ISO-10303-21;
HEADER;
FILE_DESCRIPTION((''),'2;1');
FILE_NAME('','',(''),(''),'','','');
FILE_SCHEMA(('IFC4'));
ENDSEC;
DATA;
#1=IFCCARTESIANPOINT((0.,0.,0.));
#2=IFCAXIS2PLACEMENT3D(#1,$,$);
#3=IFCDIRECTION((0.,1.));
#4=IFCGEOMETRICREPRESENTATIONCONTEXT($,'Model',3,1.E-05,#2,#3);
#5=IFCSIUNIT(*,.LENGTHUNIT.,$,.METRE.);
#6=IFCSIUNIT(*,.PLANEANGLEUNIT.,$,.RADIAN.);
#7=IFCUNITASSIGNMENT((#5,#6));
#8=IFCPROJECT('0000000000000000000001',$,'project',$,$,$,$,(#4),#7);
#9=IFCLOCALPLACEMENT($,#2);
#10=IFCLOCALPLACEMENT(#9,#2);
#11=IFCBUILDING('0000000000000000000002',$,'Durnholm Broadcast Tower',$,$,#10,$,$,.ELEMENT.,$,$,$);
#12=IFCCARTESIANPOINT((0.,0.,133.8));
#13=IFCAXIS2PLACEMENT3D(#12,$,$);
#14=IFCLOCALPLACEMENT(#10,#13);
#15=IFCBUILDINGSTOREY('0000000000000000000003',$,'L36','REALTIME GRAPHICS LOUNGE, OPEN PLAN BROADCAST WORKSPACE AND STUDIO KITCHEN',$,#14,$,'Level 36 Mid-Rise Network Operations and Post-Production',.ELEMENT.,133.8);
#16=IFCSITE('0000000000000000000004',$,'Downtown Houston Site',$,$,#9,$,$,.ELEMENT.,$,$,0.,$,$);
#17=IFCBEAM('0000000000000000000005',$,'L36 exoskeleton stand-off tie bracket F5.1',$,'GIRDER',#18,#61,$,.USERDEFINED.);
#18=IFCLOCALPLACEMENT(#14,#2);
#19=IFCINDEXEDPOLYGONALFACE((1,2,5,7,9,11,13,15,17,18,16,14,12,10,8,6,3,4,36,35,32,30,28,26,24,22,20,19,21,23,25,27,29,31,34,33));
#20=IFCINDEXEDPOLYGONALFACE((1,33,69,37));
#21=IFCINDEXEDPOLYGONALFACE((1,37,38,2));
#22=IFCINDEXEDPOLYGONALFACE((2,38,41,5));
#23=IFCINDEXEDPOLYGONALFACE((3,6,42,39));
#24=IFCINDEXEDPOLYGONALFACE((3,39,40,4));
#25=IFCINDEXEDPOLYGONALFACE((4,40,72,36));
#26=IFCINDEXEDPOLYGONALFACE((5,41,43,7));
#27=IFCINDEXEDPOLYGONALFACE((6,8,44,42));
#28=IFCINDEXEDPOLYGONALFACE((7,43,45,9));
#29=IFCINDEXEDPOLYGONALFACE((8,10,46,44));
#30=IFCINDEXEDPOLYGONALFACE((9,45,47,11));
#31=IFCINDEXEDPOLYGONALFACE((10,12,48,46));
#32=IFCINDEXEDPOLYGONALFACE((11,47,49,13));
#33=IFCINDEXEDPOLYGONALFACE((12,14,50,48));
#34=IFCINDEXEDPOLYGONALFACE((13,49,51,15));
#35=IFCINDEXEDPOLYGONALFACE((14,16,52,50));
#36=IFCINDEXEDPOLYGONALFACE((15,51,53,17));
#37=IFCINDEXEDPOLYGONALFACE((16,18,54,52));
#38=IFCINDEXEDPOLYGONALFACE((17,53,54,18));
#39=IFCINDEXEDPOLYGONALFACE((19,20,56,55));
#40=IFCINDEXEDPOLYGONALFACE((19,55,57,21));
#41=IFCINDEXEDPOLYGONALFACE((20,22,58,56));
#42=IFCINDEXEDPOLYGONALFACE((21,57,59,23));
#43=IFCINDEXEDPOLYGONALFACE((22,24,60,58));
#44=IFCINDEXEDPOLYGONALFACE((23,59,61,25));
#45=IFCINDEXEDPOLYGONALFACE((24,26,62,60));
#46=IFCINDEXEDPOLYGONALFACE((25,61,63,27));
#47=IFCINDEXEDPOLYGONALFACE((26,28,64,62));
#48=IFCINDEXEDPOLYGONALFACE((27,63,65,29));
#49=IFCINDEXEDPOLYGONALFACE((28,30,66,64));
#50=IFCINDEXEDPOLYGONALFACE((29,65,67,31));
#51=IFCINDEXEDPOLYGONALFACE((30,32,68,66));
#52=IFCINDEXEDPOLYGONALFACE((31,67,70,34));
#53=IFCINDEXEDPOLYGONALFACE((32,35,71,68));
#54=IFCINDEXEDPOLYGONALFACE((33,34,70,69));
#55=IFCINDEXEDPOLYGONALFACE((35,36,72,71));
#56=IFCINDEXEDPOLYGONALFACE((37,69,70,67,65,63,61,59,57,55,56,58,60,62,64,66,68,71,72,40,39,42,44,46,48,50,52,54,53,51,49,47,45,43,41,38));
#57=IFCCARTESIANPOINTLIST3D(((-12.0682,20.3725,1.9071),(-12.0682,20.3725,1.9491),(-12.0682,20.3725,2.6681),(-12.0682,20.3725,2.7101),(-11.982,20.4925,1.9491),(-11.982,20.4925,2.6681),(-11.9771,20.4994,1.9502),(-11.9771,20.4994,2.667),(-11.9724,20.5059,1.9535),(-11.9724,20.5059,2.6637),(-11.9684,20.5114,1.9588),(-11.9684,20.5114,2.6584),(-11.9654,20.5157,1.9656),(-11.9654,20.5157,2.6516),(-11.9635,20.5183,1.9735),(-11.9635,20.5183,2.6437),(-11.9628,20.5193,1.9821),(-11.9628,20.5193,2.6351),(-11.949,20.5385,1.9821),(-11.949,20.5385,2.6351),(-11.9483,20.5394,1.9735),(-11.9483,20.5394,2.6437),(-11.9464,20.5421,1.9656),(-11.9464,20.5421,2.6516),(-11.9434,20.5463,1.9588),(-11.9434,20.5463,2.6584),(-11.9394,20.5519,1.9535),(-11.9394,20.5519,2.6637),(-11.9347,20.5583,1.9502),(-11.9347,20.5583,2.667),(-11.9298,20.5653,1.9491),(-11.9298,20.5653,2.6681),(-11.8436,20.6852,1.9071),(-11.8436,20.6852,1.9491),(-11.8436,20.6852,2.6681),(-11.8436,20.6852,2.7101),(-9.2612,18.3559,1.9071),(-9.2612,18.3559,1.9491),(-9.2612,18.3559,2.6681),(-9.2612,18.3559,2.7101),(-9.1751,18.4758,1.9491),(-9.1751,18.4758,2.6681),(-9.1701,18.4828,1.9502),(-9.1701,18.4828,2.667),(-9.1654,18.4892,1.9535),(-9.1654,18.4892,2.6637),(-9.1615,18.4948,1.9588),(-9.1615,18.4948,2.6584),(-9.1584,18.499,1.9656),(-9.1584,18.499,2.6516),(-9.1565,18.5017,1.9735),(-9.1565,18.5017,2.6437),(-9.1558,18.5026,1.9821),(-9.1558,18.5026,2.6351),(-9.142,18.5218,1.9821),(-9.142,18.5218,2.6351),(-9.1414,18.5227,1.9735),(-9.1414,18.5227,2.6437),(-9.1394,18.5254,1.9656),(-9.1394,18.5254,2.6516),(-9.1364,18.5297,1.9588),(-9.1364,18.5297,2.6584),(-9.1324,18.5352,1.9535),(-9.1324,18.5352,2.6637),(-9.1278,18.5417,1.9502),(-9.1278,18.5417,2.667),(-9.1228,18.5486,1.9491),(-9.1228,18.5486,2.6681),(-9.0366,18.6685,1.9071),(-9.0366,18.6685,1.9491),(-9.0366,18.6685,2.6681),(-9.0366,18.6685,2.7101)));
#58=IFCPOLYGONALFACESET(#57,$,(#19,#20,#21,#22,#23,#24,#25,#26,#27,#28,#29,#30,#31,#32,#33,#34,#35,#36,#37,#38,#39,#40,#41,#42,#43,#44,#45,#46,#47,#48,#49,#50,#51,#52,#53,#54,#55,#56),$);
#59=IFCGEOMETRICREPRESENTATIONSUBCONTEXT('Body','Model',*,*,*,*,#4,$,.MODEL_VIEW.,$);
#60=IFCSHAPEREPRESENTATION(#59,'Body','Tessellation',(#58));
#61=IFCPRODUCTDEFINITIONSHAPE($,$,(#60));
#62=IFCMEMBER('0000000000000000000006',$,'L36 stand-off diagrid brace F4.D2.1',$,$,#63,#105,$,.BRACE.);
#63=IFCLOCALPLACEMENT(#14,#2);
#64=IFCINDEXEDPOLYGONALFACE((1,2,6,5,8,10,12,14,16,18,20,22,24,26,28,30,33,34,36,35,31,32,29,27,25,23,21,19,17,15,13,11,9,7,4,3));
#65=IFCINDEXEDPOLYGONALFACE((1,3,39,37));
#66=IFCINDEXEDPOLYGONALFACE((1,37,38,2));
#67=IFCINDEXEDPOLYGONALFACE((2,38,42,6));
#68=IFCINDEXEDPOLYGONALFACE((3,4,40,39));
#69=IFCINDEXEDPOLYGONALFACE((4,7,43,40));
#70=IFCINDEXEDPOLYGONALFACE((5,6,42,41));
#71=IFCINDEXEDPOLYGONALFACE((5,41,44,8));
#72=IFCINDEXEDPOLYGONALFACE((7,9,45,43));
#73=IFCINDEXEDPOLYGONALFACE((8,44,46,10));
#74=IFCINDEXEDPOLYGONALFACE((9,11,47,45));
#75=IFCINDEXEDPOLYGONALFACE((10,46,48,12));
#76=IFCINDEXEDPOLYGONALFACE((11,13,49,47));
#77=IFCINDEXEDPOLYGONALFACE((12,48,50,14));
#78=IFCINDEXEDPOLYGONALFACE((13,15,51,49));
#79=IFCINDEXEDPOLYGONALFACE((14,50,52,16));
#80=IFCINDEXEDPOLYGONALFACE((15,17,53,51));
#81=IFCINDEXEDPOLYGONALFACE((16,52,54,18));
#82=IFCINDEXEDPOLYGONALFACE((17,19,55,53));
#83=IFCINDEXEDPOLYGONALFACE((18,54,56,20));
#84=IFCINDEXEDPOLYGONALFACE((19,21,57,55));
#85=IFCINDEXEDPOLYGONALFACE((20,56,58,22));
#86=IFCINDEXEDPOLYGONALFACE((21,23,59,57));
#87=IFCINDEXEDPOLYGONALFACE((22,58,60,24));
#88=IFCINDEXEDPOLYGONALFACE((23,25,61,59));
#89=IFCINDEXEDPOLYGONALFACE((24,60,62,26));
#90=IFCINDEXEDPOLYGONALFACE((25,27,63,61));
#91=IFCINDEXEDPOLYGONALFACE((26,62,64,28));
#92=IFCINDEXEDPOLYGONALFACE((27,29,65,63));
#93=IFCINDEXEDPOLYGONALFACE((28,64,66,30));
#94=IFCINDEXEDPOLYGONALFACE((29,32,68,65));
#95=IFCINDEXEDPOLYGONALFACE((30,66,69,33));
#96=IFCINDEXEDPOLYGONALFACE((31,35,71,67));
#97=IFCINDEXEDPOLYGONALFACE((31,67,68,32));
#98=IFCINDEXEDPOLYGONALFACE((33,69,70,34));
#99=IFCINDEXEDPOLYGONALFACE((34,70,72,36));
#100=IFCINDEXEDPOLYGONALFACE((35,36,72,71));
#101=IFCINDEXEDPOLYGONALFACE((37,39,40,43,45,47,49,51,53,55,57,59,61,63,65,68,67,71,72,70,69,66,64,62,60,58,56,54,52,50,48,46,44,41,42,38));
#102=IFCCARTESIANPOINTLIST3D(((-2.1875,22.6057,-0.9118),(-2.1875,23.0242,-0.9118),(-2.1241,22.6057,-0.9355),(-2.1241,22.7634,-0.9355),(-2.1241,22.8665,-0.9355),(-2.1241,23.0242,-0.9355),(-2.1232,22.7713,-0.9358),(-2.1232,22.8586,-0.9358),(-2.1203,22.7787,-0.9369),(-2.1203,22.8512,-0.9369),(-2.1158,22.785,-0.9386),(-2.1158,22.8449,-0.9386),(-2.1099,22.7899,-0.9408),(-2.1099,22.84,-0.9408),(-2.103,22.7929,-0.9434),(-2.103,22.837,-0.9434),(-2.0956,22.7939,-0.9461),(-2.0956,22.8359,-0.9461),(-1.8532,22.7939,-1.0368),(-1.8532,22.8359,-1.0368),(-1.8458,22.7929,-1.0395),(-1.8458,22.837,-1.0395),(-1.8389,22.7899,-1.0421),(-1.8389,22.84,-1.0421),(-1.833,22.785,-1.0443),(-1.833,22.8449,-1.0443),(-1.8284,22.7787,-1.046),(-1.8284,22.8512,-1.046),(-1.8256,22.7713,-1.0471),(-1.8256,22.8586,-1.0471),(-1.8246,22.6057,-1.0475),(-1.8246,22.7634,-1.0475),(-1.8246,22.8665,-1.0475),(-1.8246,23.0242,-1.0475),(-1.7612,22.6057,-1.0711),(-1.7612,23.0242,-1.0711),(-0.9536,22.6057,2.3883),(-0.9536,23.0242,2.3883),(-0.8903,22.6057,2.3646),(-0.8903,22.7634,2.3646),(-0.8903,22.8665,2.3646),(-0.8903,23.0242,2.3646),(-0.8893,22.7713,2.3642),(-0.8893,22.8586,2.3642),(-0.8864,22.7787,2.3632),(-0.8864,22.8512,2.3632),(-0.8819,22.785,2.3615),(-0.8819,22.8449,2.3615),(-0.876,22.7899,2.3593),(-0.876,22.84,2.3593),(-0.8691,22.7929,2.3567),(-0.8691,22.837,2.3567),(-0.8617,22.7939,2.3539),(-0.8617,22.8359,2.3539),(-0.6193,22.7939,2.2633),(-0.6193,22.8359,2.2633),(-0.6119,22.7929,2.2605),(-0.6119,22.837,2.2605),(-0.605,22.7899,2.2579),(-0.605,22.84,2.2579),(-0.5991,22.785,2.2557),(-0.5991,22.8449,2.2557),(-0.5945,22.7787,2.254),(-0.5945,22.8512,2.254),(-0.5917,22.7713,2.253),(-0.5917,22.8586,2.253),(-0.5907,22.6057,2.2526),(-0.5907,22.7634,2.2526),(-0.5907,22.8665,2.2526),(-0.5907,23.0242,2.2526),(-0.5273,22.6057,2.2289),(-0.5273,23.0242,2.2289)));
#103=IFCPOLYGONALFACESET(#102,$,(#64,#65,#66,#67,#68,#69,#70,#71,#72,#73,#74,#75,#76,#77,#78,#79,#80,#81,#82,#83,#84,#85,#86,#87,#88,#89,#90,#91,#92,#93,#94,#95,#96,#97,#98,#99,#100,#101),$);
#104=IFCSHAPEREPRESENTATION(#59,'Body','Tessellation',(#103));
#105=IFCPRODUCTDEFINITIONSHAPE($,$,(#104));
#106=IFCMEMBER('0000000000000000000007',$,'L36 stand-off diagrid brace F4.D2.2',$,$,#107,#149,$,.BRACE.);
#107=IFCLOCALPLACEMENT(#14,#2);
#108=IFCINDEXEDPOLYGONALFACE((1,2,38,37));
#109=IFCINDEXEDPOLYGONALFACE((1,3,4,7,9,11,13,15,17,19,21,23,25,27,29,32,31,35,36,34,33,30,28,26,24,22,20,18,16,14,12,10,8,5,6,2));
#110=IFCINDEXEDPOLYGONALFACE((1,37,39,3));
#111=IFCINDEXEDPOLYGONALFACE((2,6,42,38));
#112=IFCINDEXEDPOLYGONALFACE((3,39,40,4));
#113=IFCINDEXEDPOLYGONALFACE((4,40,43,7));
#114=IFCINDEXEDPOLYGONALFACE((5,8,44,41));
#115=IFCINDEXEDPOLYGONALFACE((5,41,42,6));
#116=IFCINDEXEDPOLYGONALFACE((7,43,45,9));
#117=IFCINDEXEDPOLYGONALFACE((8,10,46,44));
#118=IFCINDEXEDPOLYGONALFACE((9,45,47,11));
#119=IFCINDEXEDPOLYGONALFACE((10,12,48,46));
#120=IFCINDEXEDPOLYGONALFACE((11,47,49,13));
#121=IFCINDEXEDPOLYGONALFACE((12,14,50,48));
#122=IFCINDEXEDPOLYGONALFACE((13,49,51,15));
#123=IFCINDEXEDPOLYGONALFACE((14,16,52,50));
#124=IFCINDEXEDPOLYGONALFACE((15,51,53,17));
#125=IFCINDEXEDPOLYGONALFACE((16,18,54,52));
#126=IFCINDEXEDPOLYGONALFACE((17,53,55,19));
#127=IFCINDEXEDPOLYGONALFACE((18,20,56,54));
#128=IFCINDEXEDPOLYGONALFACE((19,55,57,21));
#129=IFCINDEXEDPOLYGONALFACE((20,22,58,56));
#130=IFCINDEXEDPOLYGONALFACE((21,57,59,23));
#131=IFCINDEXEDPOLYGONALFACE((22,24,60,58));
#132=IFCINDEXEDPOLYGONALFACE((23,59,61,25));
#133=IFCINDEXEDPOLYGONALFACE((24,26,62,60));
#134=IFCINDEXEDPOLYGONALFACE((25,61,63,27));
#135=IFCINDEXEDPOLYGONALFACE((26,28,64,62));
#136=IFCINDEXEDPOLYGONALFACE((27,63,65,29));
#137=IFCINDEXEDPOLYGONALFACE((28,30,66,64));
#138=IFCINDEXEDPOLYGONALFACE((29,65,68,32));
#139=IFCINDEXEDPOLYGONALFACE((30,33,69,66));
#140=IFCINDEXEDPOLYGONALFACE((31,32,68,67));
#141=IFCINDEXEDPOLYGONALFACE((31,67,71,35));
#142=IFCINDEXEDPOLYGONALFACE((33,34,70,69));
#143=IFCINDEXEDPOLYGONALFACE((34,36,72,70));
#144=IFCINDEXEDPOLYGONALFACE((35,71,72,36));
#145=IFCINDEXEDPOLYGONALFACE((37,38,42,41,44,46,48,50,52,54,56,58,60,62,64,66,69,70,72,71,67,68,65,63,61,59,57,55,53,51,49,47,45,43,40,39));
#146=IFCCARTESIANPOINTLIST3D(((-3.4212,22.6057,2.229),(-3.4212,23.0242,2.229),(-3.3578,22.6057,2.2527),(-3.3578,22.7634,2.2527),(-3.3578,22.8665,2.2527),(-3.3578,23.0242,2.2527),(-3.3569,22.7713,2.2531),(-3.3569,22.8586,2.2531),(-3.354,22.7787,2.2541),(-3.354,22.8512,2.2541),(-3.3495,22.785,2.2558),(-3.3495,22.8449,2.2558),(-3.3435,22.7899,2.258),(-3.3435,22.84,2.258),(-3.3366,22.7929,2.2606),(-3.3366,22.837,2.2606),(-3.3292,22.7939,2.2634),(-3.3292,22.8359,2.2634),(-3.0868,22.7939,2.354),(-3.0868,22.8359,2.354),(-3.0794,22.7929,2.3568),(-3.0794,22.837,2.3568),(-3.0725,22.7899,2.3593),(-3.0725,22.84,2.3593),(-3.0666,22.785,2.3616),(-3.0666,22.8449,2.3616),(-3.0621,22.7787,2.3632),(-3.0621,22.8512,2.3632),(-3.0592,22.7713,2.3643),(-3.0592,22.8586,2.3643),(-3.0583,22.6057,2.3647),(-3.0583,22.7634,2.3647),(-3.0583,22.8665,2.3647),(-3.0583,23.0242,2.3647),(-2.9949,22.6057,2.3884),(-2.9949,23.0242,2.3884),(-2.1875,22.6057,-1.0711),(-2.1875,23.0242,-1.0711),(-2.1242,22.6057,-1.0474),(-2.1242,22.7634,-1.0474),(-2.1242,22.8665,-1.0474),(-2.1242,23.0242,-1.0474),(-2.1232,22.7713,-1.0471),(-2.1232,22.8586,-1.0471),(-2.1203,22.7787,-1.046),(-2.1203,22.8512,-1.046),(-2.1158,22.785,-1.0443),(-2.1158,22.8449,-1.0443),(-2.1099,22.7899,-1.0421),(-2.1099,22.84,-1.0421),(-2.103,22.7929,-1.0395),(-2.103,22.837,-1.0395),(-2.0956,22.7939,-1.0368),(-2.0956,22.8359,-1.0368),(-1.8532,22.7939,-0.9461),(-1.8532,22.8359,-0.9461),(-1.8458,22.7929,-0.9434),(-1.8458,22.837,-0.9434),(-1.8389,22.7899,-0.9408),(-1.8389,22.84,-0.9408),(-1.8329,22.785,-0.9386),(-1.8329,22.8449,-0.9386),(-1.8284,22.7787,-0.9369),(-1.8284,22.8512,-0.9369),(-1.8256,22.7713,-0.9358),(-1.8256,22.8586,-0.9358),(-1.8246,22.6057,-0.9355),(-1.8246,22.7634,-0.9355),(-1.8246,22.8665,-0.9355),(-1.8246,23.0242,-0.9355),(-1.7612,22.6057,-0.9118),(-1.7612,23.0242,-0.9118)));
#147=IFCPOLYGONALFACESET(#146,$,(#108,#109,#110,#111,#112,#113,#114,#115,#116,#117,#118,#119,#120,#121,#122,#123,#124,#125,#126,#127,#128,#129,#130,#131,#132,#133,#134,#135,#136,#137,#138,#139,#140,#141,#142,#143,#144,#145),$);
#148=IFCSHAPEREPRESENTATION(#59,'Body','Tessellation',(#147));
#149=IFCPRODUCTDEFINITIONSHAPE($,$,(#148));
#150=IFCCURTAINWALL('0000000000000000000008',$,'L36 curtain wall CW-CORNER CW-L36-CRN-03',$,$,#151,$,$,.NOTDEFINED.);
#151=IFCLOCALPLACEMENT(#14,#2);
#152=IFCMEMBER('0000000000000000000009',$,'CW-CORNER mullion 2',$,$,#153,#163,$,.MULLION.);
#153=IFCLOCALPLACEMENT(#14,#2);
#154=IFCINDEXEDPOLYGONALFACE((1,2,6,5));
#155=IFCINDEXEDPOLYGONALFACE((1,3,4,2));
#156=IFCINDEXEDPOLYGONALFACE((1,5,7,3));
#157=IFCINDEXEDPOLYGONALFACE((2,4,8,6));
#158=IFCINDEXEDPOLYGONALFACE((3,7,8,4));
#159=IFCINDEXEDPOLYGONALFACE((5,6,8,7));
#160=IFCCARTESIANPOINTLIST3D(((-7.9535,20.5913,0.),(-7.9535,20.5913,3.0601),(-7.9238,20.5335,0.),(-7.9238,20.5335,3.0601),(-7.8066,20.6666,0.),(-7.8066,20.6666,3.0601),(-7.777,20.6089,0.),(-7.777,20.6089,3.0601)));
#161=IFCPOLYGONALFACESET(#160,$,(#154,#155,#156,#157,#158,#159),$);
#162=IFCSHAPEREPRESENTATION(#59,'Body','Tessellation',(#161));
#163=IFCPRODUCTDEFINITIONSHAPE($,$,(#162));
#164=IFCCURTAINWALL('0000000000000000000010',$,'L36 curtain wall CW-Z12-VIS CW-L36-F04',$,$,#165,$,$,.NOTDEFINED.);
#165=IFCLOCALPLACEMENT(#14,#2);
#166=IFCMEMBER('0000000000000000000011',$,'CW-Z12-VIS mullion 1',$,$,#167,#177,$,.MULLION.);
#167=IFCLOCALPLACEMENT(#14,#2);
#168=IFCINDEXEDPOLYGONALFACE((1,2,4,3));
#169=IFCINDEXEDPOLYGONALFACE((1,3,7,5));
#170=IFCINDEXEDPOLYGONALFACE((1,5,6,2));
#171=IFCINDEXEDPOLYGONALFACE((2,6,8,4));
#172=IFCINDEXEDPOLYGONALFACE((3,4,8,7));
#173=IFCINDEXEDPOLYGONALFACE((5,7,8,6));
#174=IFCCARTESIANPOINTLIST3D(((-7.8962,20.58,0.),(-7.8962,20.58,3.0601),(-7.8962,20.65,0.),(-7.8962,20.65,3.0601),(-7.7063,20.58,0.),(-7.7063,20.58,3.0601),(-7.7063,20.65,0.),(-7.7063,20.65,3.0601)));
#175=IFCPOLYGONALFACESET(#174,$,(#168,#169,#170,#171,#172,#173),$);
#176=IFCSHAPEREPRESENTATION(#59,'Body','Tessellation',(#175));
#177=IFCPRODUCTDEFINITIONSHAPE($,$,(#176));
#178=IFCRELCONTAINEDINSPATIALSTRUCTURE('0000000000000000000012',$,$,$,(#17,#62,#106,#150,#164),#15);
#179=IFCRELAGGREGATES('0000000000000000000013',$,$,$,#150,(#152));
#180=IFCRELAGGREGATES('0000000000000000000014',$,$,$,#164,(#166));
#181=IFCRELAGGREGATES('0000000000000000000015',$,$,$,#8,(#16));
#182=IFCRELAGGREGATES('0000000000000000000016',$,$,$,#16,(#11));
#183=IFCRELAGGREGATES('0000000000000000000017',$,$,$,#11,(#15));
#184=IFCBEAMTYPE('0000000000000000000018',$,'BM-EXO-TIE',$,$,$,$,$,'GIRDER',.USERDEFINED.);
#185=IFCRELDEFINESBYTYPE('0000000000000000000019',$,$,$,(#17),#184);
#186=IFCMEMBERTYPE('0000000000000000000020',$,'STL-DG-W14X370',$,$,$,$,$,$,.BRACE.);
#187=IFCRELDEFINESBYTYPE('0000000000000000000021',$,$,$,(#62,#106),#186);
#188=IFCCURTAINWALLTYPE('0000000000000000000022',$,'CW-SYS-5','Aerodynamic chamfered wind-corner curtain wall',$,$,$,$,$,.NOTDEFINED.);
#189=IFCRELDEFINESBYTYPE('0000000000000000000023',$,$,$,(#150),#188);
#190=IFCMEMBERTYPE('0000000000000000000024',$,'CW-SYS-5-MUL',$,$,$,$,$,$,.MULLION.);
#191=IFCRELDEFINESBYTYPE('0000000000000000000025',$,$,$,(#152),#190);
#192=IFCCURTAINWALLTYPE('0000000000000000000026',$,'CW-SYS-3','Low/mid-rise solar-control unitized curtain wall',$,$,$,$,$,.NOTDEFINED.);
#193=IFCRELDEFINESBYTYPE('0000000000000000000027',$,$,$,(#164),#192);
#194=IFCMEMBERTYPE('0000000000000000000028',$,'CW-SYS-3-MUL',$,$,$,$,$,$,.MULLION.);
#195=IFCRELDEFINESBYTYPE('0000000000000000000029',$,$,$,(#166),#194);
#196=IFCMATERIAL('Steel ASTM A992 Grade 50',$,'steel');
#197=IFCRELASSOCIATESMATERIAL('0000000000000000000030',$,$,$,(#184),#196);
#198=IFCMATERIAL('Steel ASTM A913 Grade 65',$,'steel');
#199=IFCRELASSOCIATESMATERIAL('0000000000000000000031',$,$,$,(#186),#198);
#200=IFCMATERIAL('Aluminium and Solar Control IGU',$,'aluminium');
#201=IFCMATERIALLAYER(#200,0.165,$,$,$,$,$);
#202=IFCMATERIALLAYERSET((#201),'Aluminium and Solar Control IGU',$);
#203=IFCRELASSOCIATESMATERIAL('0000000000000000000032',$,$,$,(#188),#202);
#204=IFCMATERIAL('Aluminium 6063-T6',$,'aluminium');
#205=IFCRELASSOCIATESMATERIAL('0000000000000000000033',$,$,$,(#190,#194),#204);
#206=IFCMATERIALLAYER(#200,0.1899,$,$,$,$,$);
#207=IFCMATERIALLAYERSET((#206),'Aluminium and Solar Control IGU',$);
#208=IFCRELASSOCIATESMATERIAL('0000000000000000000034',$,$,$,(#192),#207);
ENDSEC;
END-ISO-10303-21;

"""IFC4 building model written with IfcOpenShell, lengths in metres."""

from ifc_helpers import new_model, si_unit, direction, frame, origin, origin_2d, place, context, subcontext, project, spatial, rectangle, i_section, extrude, source, transform, mapped, material, layer, layer_set, material_profile, profile_set, type_object, type_shapes, element, aggregate, save


model = new_model("IFC4")

# Units and contexts
model_context = context("Model", 3, precision=1e-05, world=origin(), true_north=direction((0.0, 1.0)))
body_context = subcontext(model_context, "Body", "Model", "MODEL_VIEW")
ifc_project = project(units=[si_unit("LENGTHUNIT", "METRE"), si_unit("PLANEANGLEUNIT", "RADIAN")], contexts=[model_context])

# Site, building, storey
site_placement = place(None, origin())
site = spatial("IfcSite", under=ifc_project, at=site_placement, Name="Downtown Houston Site", CompositionType="ELEMENT", RefElevation=0.0)
building_placement = place(site_placement, origin())
building = spatial("IfcBuilding", under=site, at=building_placement, Name="Durnholm Broadcast Tower", CompositionType="ELEMENT")
storey_placement = place(building_placement, frame((0.0, 0.0, 133.8)))
storey = spatial("IfcBuildingStorey", under=building, at=storey_placement, Name="L36", Description="REALTIME GRAPHICS LOUNGE, OPEN PLAN BROADCAST WORKSPACE AND STUDIO KITCHEN", LongName="Level 36 Mid-Rise Network Operations and Post-Production", CompositionType="ELEMENT", Elevation=133.8)

# Beam
ifc_material_1 = material(Name="Steel ASTM A992 Grade 50", Category="steel")
ifc_material_profile_1 = material_profile(ifc_material_1, i_section(OverallWidth=0.385, OverallDepth=0.803, WebThickness=0.0237, FlangeThickness=0.042, FilletRadius=0.033, at=origin_2d()), Name="W30X261")
ifc_profile_set_1 = profile_set([ifc_material_profile_1], Name="Steel ASTM A992 Grade 50")
beam_type_1 = type_object("IfcBeamType", Name="BM-EXO-TIE", ElementType="GIRDER", PredefinedType="USERDEFINED", material=ifc_profile_set_1)
shared_shape_1 = source(origin(), body_context, "Body", "SweptSolid", [
    extrude(i_section(OverallWidth=0.385, OverallDepth=0.803, WebThickness=0.0237, FlangeThickness=0.042, FilletRadius=0.033, at=origin_2d()), origin(), (0.0, 0.0, 1.0), 3.4563),
])
beam_1_placement = place(storey_placement, frame((-9.1489, 18.5122, 2.3086), z_axis=(-0.812131, 0.583474, 0.0), x_axis=(-0.583474, -0.812131, 0.0)))
element("IfcBeam", 1, at=beam_1_placement, inside=storey, type_object=beam_type_1, Name="L36 exoskeleton stand-off tie bracket F5.1", ObjectType="GIRDER", PredefinedType="USERDEFINED", context=body_context, shape_type="MappedRepresentation", body=[
    mapped(shared_shape_1, transform((0.0, 0.0, 0.0), x_axis=(1.0, 0.0, 0.0), y_axis=(0.0, 1.0, 0.0), z_axis=(0.0, 0.0, 1.0), scale=1.0)),
])

# Members
ifc_material_2 = material(Name="Steel ASTM A913 Grade 65", Category="steel")
ifc_material_profile_2 = material_profile(ifc_material_2, i_section(OverallWidth=0.4185, OverallDepth=0.4551, WebThickness=0.042, FlangeThickness=0.0676, FilletRadius=0.0305, at=origin_2d()), Name="W14X370")
ifc_profile_set_2 = profile_set([ifc_material_profile_2], Name="Steel ASTM A913 Grade 65")
member_type_1 = type_object("IfcMemberType", Name="STL-DG-W14X370", PredefinedType="BRACE", material=ifc_profile_set_2)
shared_shape_2 = source(origin(), body_context, "Body", "SweptSolid", [
    extrude(i_section(OverallWidth=0.4185, OverallDepth=0.4551, WebThickness=0.042, FlangeThickness=0.0676, FilletRadius=0.0305, at=origin_2d()), origin(), (0.0, 0.0, 1.0), 3.5232),
])
type_shapes(member_type_1, [shared_shape_2])
for number, where, z_axis, x_axis, name in (
    (2, (-1.9744, 22.8149, -0.9915), (0.35022, 0.0, 0.936668), (0.0, 1.0, 0.0), "L36 stand-off diagrid brace F4.D2.1"),
    (3, (-1.9744, 22.8149, -0.9915), (-0.350159, 0.0, 0.93669), (0.0, -1.0, 0.0), "L36 stand-off diagrid brace F4.D2.2"),
):
    element("IfcMember", number, at=place(storey_placement, frame(where, z_axis=z_axis, x_axis=x_axis)), inside=storey, type_object=member_type_1, Name=name, PredefinedType="BRACE", context=body_context, shape_type="MappedRepresentation", body=[
        mapped(shared_shape_2, transform((0.0, 0.0, 0.0), x_axis=(1.0, 0.0, 0.0), y_axis=(0.0, 1.0, 0.0), z_axis=(0.0, 0.0, 1.0), scale=1.0)),
    ])

# Curtain walls, members
ifc_material_3 = material(Name="Aluminium and Solar Control IGU", Category="aluminium")
ifc_layer_1 = layer(ifc_material_3, 0.165)
ifc_layer_set_1 = layer_set([ifc_layer_1], Name="Aluminium and Solar Control IGU")
curtain_wall_type_1 = type_object("IfcCurtainWallType", Name="CW-SYS-5", Description="Aerodynamic chamfered wind-corner curtain wall", PredefinedType="NOTDEFINED", material=ifc_layer_set_1)
curtain_wall_1_placement = place(storey_placement, origin())
curtain_wall_1 = element("IfcCurtainWall", 4, at=curtain_wall_1_placement, inside=storey, type_object=curtain_wall_type_1, Name="L36 curtain wall CW-CORNER CW-L36-CRN-03", PredefinedType="NOTDEFINED")
ifc_material_4 = material(Name="Aluminium 6063-T6", Category="aluminium")
ifc_material_profile_3 = material_profile(ifc_material_4, rectangle(XDim=0.0649, YDim=0.165, at=origin_2d()), Name="CWM65X165")
ifc_profile_set_3 = profile_set([ifc_material_profile_3], Name="Aluminium 6063-T6")
member_type_2 = type_object("IfcMemberType", Name="CW-SYS-5-MUL", PredefinedType="MULLION", material=ifc_profile_set_3)
shared_shape_3 = source(origin(), body_context, "Body", "SweptSolid", [
    extrude(rectangle(XDim=0.0649, YDim=0.165, at=origin_2d()), origin(), (0.0, 0.0, 1.0), 3.0601),
])
type_shapes(member_type_2, [shared_shape_3])
member_1_placement = place(storey_placement, frame((-7.8652, 20.6001, 0.0), z_axis=(0.0, 0.0, 1.0), x_axis=(-0.456373, 0.889788, 0.0)))
member_1 = element("IfcMember", 5, at=member_1_placement, type_object=member_type_2, Name="CW-CORNER mullion 2", PredefinedType="MULLION", context=body_context, shape_type="MappedRepresentation", body=[
    mapped(shared_shape_3, transform((0.0, 0.0, 0.0), x_axis=(1.0, 0.0, 0.0), y_axis=(0.0, 1.0, 0.0), z_axis=(0.0, 0.0, 1.0), scale=1.0)),
])
ifc_layer_2 = layer(ifc_material_3, 0.1899)
ifc_layer_set_2 = layer_set([ifc_layer_2], Name="Aluminium and Solar Control IGU")
curtain_wall_type_2 = type_object("IfcCurtainWallType", Name="CW-SYS-3", Description="Low/mid-rise solar-control unitized curtain wall", PredefinedType="NOTDEFINED", material=ifc_layer_set_2)
curtain_wall_2_placement = place(storey_placement, origin())
curtain_wall_2 = element("IfcCurtainWall", 6, at=curtain_wall_2_placement, inside=storey, type_object=curtain_wall_type_2, Name="L36 curtain wall CW-Z12-VIS CW-L36-F04", PredefinedType="NOTDEFINED")
ifc_material_profile_4 = material_profile(ifc_material_4, rectangle(XDim=0.0701, YDim=0.1899, at=origin_2d()), Name="CWM70X190")
ifc_profile_set_4 = profile_set([ifc_material_profile_4], Name="Aluminium 6063-T6")
member_type_3 = type_object("IfcMemberType", Name="CW-SYS-3-MUL", PredefinedType="MULLION", material=ifc_profile_set_4)
shared_shape_4 = source(origin(), body_context, "Body", "SweptSolid", [
    extrude(rectangle(XDim=0.0701, YDim=0.1899, at=origin_2d()), origin(), (0.0, 0.0, 1.0), 3.0601),
])
type_shapes(member_type_3, [shared_shape_4])
member_2_placement = place(storey_placement, frame((-7.8013, 20.615, 0.0), z_axis=(0.0, 0.0, 1.0), x_axis=(0.0, 1.0, 0.0)))
member_2 = element("IfcMember", 7, at=member_2_placement, type_object=member_type_3, Name="CW-Z12-VIS mullion 1", PredefinedType="MULLION", context=body_context, shape_type="MappedRepresentation", body=[
    mapped(shared_shape_4, transform((0.0, 0.0, 0.0), x_axis=(1.0, 0.0, 0.0), y_axis=(0.0, 1.0, 0.0), z_axis=(0.0, 0.0, 1.0), scale=1.0)),
])

aggregate(curtain_wall_1, [member_1])
aggregate(curtain_wall_2, [member_2])

save(model, "model.ifc")
